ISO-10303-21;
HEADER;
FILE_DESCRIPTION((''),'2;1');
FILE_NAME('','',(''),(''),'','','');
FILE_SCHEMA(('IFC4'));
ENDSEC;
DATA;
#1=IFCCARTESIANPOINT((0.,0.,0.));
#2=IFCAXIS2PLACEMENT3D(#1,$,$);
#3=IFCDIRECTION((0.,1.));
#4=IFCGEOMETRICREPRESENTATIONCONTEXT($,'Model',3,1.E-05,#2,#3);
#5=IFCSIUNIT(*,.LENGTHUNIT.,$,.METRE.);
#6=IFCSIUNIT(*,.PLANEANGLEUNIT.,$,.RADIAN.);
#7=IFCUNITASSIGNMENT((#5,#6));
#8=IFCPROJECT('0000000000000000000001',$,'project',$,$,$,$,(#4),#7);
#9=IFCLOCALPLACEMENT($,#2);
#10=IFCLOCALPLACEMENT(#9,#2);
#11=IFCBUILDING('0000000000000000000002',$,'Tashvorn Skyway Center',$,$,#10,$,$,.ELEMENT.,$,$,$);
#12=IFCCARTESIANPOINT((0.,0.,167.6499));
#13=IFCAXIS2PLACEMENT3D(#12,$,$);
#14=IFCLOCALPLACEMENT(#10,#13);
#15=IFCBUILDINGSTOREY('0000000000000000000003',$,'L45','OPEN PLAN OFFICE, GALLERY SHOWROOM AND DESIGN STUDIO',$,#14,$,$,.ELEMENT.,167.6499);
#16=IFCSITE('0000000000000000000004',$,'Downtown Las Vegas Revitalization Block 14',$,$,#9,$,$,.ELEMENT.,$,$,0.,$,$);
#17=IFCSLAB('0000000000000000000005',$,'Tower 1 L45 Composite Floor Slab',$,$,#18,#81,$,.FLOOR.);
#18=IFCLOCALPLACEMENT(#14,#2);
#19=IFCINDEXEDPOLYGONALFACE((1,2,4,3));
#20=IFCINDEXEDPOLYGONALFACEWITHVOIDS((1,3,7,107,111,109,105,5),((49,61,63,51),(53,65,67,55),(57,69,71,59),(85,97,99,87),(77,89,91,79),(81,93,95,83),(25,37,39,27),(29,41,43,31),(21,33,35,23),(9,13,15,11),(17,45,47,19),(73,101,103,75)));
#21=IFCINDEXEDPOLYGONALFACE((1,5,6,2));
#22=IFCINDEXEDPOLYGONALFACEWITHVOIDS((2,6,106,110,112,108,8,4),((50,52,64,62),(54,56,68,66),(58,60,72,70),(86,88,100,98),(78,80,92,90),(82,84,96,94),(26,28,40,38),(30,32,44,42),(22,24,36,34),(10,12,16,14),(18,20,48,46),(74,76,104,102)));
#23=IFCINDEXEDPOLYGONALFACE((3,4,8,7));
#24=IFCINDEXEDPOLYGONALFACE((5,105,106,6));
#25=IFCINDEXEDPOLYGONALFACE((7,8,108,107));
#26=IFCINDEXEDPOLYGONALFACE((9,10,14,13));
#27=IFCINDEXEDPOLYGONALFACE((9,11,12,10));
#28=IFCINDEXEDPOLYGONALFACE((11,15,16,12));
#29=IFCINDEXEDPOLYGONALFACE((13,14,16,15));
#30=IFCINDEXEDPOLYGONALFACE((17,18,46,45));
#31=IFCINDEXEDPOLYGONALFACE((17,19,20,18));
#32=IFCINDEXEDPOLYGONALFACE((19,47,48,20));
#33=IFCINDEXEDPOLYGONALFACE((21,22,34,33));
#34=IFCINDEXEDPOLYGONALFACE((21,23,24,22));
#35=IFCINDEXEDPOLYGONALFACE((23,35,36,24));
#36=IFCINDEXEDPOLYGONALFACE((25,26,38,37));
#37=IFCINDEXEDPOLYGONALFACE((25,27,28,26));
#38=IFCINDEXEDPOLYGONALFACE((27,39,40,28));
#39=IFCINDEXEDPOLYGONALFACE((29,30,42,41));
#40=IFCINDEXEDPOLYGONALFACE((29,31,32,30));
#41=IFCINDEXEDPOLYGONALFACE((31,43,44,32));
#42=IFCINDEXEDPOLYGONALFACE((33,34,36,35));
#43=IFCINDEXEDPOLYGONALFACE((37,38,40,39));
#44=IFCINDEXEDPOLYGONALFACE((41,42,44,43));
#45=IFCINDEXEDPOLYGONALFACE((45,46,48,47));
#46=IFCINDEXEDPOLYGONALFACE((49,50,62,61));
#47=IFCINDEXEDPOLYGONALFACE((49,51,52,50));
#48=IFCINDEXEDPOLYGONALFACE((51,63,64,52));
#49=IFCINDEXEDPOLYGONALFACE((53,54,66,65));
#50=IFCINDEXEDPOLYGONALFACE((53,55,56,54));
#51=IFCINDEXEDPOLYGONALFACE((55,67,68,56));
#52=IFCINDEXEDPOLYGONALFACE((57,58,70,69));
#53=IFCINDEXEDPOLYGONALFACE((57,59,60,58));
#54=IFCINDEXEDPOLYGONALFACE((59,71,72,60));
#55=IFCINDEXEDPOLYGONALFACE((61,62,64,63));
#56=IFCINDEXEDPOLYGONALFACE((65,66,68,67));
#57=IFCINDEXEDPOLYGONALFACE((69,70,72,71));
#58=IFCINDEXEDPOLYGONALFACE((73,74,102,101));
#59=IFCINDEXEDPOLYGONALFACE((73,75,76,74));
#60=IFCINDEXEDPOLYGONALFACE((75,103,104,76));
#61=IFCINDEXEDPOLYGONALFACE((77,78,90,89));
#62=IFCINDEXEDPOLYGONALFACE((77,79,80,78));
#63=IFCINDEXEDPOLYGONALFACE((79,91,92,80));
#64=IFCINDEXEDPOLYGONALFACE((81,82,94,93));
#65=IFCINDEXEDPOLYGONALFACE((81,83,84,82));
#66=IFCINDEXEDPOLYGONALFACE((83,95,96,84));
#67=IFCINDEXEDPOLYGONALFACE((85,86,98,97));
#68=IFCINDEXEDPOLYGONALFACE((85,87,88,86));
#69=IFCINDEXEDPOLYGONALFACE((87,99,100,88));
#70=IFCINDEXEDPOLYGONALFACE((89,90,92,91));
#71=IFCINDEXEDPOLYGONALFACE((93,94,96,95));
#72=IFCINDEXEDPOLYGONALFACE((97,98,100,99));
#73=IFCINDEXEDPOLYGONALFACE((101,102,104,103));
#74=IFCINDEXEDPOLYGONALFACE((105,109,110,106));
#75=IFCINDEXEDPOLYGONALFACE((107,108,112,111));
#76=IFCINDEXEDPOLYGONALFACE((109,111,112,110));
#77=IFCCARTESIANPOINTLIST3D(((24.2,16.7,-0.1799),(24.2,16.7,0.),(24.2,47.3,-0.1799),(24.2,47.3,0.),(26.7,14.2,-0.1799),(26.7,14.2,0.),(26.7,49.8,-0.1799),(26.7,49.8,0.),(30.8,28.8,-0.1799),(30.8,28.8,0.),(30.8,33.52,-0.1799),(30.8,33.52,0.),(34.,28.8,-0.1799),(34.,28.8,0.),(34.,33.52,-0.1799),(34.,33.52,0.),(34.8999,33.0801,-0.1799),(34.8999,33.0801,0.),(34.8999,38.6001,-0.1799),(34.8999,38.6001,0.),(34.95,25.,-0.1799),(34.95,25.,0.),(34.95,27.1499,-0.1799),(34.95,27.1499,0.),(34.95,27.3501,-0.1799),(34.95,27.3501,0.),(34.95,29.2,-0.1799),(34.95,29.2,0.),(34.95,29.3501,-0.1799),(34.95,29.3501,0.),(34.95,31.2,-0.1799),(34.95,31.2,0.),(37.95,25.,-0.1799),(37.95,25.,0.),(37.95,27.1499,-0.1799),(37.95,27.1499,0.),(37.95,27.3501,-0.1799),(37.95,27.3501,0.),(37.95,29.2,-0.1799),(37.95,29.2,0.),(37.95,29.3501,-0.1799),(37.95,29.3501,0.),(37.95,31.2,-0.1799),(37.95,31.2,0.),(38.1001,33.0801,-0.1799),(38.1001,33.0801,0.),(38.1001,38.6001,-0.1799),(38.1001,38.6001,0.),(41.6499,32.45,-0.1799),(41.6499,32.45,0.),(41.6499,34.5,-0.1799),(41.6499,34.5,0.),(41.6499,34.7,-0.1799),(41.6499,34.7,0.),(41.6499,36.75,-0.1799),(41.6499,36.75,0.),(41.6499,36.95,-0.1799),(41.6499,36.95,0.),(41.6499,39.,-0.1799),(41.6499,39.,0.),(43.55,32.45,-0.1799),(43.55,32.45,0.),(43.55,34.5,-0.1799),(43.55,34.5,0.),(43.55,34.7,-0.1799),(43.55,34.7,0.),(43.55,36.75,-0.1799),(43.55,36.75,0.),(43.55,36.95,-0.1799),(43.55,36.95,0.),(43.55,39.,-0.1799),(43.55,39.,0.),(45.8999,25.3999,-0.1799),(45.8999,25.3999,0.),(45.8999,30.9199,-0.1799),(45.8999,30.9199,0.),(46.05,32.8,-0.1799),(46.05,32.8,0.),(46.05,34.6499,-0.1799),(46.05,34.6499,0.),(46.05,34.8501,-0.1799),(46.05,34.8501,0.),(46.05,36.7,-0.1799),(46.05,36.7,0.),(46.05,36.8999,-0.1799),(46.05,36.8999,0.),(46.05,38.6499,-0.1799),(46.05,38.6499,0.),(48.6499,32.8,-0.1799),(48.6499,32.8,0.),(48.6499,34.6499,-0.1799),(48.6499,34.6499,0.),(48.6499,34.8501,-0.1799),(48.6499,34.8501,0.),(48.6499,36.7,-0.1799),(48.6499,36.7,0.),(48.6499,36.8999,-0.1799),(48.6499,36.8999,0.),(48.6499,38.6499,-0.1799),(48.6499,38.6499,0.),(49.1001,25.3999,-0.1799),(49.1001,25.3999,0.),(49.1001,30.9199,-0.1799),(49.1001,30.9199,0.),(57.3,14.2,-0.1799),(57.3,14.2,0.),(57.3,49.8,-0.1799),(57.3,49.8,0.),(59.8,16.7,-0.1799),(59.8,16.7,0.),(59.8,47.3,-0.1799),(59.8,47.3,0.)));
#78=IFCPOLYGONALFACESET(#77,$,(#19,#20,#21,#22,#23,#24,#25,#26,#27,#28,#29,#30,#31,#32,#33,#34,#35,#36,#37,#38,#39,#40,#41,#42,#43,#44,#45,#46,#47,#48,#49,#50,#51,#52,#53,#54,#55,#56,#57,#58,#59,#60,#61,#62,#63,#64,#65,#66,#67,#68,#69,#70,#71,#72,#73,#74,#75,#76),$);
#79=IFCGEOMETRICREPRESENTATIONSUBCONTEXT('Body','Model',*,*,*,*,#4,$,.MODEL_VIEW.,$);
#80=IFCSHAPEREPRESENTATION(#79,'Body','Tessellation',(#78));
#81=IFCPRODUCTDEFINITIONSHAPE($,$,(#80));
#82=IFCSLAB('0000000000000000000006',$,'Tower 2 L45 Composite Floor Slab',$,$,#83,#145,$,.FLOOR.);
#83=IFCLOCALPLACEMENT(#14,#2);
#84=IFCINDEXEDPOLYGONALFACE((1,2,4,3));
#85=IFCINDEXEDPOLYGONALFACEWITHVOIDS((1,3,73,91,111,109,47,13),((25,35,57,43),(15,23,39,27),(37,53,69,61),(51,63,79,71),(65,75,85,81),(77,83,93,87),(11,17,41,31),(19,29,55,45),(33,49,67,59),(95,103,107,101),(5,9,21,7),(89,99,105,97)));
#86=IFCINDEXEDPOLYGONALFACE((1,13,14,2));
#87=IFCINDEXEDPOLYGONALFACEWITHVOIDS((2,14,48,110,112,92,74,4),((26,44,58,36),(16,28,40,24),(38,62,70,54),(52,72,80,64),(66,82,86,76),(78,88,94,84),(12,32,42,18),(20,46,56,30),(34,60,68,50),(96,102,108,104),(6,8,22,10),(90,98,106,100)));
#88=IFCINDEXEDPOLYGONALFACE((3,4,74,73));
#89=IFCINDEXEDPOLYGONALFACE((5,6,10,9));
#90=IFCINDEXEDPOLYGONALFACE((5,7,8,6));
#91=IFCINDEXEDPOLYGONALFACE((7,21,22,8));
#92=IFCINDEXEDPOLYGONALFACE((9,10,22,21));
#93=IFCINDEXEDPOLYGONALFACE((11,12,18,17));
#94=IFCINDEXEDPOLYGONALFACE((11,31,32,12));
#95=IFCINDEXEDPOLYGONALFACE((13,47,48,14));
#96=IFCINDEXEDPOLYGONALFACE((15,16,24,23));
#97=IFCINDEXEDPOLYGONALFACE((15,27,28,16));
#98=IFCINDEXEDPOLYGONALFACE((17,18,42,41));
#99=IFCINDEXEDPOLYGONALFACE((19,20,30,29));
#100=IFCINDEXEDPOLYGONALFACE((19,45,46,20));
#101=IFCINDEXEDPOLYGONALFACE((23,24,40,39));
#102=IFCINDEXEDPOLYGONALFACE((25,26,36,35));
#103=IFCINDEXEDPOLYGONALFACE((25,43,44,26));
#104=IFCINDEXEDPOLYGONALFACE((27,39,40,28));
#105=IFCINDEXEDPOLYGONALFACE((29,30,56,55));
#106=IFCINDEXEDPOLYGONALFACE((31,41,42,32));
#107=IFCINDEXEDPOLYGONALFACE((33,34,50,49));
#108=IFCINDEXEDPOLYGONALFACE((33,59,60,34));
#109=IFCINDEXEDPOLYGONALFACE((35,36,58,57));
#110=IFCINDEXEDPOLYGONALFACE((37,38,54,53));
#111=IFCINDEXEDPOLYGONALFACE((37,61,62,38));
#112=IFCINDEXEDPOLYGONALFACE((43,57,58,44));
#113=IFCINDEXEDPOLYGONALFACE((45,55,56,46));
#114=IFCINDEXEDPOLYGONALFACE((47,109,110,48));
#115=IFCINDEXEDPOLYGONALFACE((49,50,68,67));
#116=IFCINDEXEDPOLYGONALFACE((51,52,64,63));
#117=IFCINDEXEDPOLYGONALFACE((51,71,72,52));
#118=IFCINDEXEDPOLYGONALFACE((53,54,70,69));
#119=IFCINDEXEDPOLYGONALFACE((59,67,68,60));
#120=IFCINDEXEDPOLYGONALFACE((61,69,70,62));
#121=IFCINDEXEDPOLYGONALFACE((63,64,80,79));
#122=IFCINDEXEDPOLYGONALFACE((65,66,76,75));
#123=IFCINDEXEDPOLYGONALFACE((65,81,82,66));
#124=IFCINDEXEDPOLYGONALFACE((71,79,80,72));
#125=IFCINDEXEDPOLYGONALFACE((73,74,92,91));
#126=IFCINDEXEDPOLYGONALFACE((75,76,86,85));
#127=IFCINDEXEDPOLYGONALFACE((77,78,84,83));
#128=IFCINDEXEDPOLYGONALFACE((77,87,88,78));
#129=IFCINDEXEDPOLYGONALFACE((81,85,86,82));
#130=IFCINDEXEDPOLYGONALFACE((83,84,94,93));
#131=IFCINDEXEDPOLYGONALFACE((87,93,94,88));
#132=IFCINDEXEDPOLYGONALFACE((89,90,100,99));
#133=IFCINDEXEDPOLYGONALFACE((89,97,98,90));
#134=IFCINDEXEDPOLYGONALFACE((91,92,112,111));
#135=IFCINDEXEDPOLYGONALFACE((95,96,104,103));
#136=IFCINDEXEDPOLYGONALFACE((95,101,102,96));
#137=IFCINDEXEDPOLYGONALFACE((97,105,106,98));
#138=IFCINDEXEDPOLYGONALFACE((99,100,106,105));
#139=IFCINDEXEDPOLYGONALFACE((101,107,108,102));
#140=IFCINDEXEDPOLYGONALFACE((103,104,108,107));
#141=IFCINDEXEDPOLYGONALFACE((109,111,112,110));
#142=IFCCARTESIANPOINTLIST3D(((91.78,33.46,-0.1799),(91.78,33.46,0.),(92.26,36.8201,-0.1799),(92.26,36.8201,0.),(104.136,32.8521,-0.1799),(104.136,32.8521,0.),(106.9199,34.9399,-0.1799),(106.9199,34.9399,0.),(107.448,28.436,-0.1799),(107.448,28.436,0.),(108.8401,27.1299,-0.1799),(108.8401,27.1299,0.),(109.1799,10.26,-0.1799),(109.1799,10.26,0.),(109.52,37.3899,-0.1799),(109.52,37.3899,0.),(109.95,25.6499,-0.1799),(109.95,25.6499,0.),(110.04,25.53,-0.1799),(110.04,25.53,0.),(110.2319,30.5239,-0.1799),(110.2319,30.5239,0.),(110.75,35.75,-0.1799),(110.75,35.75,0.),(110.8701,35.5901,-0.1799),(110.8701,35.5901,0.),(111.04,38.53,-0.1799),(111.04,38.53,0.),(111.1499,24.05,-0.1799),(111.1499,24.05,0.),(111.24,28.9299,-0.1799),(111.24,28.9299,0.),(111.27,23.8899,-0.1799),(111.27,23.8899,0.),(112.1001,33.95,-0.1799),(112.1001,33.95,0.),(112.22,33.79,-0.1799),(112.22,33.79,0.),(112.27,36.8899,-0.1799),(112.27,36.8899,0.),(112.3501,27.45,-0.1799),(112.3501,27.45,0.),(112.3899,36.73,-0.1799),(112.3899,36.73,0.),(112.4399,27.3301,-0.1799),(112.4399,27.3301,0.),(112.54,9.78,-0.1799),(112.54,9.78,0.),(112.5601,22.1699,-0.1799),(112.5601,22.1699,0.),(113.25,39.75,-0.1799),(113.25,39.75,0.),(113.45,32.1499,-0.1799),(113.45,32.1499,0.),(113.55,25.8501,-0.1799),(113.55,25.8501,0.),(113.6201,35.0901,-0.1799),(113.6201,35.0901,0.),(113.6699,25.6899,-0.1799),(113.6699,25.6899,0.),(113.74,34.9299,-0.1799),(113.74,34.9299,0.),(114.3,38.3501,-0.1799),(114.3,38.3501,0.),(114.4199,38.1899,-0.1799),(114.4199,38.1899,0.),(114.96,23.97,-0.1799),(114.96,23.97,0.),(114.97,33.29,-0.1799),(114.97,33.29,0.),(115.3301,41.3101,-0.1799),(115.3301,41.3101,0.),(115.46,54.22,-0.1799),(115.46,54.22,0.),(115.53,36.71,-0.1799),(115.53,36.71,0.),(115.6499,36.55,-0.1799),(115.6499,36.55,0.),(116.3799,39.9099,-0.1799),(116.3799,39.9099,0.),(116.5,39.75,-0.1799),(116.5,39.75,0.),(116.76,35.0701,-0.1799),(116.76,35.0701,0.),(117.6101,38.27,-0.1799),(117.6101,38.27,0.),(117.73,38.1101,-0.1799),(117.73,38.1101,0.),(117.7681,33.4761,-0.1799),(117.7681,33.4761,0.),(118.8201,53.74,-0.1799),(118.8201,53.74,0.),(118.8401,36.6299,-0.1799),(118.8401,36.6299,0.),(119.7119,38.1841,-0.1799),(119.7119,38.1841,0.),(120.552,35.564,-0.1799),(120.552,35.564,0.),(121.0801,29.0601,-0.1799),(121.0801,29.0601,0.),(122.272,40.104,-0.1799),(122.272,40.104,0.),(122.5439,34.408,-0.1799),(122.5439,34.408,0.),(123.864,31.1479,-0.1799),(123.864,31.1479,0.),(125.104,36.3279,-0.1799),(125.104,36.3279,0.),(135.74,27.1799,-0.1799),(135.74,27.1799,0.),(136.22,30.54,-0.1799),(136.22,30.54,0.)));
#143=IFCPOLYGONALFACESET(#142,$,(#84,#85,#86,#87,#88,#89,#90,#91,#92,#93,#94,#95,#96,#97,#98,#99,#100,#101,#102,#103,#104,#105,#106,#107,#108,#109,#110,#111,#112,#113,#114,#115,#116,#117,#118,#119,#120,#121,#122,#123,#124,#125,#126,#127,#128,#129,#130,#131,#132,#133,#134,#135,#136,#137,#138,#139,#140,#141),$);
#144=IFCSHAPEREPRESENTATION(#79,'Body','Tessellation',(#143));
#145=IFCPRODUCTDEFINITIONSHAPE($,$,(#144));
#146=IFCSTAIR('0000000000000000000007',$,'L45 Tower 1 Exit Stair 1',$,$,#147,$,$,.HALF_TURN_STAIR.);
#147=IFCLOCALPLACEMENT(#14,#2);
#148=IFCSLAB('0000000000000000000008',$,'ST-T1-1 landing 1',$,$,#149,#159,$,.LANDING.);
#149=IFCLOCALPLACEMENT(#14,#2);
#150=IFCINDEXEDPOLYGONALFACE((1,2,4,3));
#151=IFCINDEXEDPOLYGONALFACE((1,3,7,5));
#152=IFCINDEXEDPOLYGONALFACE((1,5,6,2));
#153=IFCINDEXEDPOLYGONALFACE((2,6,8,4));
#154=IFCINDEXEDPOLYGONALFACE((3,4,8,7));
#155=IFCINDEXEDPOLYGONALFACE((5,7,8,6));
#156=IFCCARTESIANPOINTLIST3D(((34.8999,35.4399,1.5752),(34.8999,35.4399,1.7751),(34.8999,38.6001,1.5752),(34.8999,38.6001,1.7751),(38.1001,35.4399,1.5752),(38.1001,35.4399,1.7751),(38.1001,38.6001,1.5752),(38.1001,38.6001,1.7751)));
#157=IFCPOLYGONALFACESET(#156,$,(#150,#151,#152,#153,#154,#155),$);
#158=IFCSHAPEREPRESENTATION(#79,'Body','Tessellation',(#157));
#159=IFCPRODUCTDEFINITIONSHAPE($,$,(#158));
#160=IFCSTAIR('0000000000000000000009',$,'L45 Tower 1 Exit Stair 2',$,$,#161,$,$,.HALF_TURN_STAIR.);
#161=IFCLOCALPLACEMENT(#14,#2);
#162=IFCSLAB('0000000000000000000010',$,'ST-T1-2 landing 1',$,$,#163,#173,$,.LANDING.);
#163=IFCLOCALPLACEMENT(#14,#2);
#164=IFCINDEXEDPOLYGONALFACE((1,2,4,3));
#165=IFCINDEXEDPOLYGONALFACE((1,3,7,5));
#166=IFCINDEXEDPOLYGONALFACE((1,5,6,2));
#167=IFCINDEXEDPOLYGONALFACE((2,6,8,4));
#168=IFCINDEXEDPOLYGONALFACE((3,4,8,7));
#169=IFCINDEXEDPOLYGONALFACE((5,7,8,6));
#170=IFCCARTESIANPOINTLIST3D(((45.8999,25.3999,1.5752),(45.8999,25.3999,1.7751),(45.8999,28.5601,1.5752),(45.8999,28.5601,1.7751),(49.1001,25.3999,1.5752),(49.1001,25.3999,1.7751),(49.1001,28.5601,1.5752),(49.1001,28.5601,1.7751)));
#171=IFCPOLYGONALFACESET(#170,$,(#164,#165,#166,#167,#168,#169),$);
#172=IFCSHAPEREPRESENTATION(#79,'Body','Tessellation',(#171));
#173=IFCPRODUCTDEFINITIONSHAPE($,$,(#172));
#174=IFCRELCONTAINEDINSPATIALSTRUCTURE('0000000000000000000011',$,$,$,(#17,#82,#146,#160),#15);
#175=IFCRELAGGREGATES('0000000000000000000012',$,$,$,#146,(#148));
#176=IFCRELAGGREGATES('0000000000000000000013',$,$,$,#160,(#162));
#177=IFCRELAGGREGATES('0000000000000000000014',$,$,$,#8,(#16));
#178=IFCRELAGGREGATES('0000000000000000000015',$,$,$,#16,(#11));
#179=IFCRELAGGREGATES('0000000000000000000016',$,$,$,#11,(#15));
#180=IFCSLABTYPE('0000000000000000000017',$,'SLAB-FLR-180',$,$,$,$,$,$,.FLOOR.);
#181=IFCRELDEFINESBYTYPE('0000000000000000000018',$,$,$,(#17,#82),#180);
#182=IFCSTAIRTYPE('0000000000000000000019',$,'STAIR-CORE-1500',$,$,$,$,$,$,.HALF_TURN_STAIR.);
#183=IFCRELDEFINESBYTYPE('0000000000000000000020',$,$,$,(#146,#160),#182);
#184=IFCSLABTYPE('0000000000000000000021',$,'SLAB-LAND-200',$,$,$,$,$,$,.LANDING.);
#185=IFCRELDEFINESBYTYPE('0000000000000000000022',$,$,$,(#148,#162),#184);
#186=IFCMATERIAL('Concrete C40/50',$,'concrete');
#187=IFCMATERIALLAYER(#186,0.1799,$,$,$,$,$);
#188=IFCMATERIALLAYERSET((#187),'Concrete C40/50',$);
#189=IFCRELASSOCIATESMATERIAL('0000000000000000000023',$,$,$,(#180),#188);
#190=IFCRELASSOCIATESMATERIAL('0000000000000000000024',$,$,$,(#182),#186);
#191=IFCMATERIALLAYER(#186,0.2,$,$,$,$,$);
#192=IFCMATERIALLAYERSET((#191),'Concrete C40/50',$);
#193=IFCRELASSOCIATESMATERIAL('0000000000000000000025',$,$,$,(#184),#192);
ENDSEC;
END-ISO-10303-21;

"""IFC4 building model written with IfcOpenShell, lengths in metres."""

from ifc_helpers import new_model, si_unit, direction, frame, origin, place, context, subcontext, project, spatial, polyline, outline, extrude, material, layer, layer_set, type_object, element, aggregate, save


model = new_model("IFC4")

# Units and contexts
model_context = context("Model", 3, precision=1e-05, world=origin(), true_north=direction((0.0, 1.0)))
body_context = subcontext(model_context, "Body", "Model", "MODEL_VIEW")
ifc_project = project(units=[si_unit("LENGTHUNIT", "METRE"), si_unit("PLANEANGLEUNIT", "RADIAN")], contexts=[model_context])

# Site, building, storey
site_placement = place(None, origin())
site = spatial("IfcSite", under=ifc_project, at=site_placement, Name="Downtown Las Vegas Revitalization Block 14", CompositionType="ELEMENT", RefElevation=0.0)
building_placement = place(site_placement, origin())
building = spatial("IfcBuilding", under=site, at=building_placement, Name="Tashvorn Skyway Center", CompositionType="ELEMENT")
storey_placement = place(building_placement, frame((0.0, 0.0, 167.6499)))
storey = spatial("IfcBuildingStorey", under=building, at=storey_placement, Name="L45", Description="OPEN PLAN OFFICE, GALLERY SHOWROOM AND DESIGN STUDIO", CompositionType="ELEMENT", Elevation=167.6499)

# Slabs
ifc_material_1 = material(Name="Concrete C40/50", Category="concrete")
ifc_layer_1 = layer(ifc_material_1, 0.1799)
ifc_layer_set_1 = layer_set([ifc_layer_1], Name="Concrete C40/50")
slab_type_1 = type_object("IfcSlabType", Name="SLAB-FLR-180", PredefinedType="FLOOR", material=ifc_layer_set_1)
slab_1_placement = place(storey_placement, frame((0.0, 0.0, -0.1799)))
element("IfcSlab", 1, at=slab_1_placement, inside=storey, type_object=slab_type_1, Name="Tower 1 L45 Composite Floor Slab", PredefinedType="FLOOR", context=body_context, shape_type="SweptSolid", body=[
    extrude(outline(polyline([(26.7, 14.2), (57.3, 14.2), (59.8, 16.7), (59.8, 47.3), (57.3, 49.8), (26.7, 49.8), (24.2, 47.3), (24.2, 16.7), (26.7, 14.2)]), holes=[polyline([(38.1001, 33.0801), (38.1001, 38.6001), (34.8999, 38.6001), (34.8999, 33.0801), (38.1001, 33.0801)]), polyline([(45.8999, 30.9199), (45.8999, 25.3999), (49.1001, 25.3999), (49.1001, 30.9199), (45.8999, 30.9199)]), polyline([(30.8, 33.52), (30.8, 28.8), (34.0, 28.8), (34.0, 33.52), (30.8, 33.52)]), polyline([(34.95, 29.3501), (37.95, 29.3501), (37.95, 31.2), (34.95, 31.2), (34.95, 29.3501)]), polyline([(34.95, 27.3501), (37.95, 27.3501), (37.95, 29.2), (34.95, 29.2), (34.95, 27.3501)]), polyline([(34.95, 25.0), (37.95, 25.0), (37.95, 27.1499), (34.95, 27.1499), (34.95, 25.0)]), polyline([(41.6499, 32.45), (43.55, 32.45), (43.55, 34.5), (41.6499, 34.5), (41.6499, 32.45)]), polyline([(41.6499, 34.7), (43.55, 34.7), (43.55, 36.75), (41.6499, 36.75), (41.6499, 34.7)]), polyline([(41.6499, 36.95), (43.55, 36.95), (43.55, 39.0), (41.6499, 39.0), (41.6499, 36.95)]), polyline([(46.05, 32.8), (48.6499, 32.8), (48.6499, 34.6499), (46.05, 34.6499), (46.05, 32.8)]), polyline([(46.05, 34.8501), (48.6499, 34.8501), (48.6499, 36.7), (46.05, 36.7), (46.05, 34.8501)]), polyline([(46.05, 36.8999), (48.6499, 36.8999), (48.6499, 38.6499), (46.05, 38.6499), (46.05, 36.8999)])]), origin(), (0.0, 0.0, 1.0), 0.1799),
])
slab_2_placement = place(storey_placement, frame((0.0, 0.0, -0.1799)))
element("IfcSlab", 2, at=slab_2_placement, inside=storey, type_object=slab_type_1, Name="Tower 2 L45 Composite Floor Slab", PredefinedType="FLOOR", context=body_context, shape_type="SweptSolid", body=[
    extrude(outline(polyline([(112.54, 9.78), (135.74, 27.1799), (136.22, 30.54), (118.8201, 53.74), (115.46, 54.22), (92.26, 36.8201), (91.78, 33.46), (109.1799, 10.26), (112.54, 9.78)]), holes=[polyline([(110.2319, 30.5239), (106.9199, 34.9399), (104.136, 32.8521), (107.448, 28.436), (110.2319, 30.5239)]), polyline([(117.7681, 33.4761), (121.0801, 29.0601), (123.864, 31.1479), (120.552, 35.564), (117.7681, 33.4761)]), polyline([(119.7119, 38.1841), (122.5439, 34.408), (125.104, 36.3279), (122.272, 40.104), (119.7119, 38.1841)]), polyline([(109.95, 25.6499), (112.3501, 27.45), (111.24, 28.9299), (108.8401, 27.1299), (109.95, 25.6499)]), polyline([(111.1499, 24.05), (113.55, 25.8501), (112.4399, 27.3301), (110.04, 25.53), (111.1499, 24.05)]), polyline([(112.5601, 22.1699), (114.96, 23.97), (113.6699, 25.6899), (111.27, 23.8899), (112.5601, 22.1699)]), polyline([(113.45, 32.1499), (114.97, 33.29), (113.74, 34.9299), (112.22, 33.79), (113.45, 32.1499)]), polyline([(112.1001, 33.95), (113.6201, 35.0901), (112.3899, 36.73), (110.8701, 35.5901), (112.1001, 33.95)]), polyline([(110.75, 35.75), (112.27, 36.8899), (111.04, 38.53), (109.52, 37.3899), (110.75, 35.75)]), polyline([(116.76, 35.0701), (118.8401, 36.6299), (117.73, 38.1101), (115.6499, 36.55), (116.76, 35.0701)]), polyline([(115.53, 36.71), (117.6101, 38.27), (116.5, 39.75), (114.4199, 38.1899), (115.53, 36.71)]), polyline([(114.3, 38.3501), (116.3799, 39.9099), (115.3301, 41.3101), (113.25, 39.75), (114.3, 38.3501)])]), origin(), (0.0, 0.0, 1.0), 0.1799),
])

# Stairs, slabs
stair_type = type_object("IfcStairType", Name="STAIR-CORE-1500", PredefinedType="HALF_TURN_STAIR", material=ifc_material_1)
stair_1_placement = place(storey_placement, origin())
stair_1 = element("IfcStair", 3, at=stair_1_placement, inside=storey, type_object=stair_type, Name="L45 Tower 1 Exit Stair 1", PredefinedType="HALF_TURN_STAIR")
ifc_layer_2 = layer(ifc_material_1, 0.2)
ifc_layer_set_2 = layer_set([ifc_layer_2], Name="Concrete C40/50")
slab_type_2 = type_object("IfcSlabType", Name="SLAB-LAND-200", PredefinedType="LANDING", material=ifc_layer_set_2)
slab_3_placement = place(storey_placement, frame((0.0, 0.0, 1.5752)))
slab_3 = element("IfcSlab", 4, at=slab_3_placement, type_object=slab_type_2, Name="ST-T1-1 landing 1", PredefinedType="LANDING", context=body_context, shape_type="SweptSolid", body=[
    extrude(outline(polyline([(38.1001, 35.4399), (38.1001, 38.6001), (34.8999, 38.6001), (34.8999, 35.4399), (38.1001, 35.4399)])), origin(), (0.0, 0.0, 1.0), 0.2),
])
aggregate(stair_1, [slab_3])
stair_2_placement = place(storey_placement, origin())
stair_2 = element("IfcStair", 5, at=stair_2_placement, inside=storey, type_object=stair_type, Name="L45 Tower 1 Exit Stair 2", PredefinedType="HALF_TURN_STAIR")
slab_4_placement = place(storey_placement, frame((0.0, 0.0, 1.5752)))
slab_4 = element("IfcSlab", 6, at=slab_4_placement, type_object=slab_type_2, Name="ST-T1-2 landing 1", PredefinedType="LANDING", context=body_context, shape_type="SweptSolid", body=[
    extrude(outline(polyline([(45.8999, 28.5601), (45.8999, 25.3999), (49.1001, 25.3999), (49.1001, 28.5601), (45.8999, 28.5601)])), origin(), (0.0, 0.0, 1.0), 0.2),
])
aggregate(stair_2, [slab_4])

save(model, "model.ifc")
